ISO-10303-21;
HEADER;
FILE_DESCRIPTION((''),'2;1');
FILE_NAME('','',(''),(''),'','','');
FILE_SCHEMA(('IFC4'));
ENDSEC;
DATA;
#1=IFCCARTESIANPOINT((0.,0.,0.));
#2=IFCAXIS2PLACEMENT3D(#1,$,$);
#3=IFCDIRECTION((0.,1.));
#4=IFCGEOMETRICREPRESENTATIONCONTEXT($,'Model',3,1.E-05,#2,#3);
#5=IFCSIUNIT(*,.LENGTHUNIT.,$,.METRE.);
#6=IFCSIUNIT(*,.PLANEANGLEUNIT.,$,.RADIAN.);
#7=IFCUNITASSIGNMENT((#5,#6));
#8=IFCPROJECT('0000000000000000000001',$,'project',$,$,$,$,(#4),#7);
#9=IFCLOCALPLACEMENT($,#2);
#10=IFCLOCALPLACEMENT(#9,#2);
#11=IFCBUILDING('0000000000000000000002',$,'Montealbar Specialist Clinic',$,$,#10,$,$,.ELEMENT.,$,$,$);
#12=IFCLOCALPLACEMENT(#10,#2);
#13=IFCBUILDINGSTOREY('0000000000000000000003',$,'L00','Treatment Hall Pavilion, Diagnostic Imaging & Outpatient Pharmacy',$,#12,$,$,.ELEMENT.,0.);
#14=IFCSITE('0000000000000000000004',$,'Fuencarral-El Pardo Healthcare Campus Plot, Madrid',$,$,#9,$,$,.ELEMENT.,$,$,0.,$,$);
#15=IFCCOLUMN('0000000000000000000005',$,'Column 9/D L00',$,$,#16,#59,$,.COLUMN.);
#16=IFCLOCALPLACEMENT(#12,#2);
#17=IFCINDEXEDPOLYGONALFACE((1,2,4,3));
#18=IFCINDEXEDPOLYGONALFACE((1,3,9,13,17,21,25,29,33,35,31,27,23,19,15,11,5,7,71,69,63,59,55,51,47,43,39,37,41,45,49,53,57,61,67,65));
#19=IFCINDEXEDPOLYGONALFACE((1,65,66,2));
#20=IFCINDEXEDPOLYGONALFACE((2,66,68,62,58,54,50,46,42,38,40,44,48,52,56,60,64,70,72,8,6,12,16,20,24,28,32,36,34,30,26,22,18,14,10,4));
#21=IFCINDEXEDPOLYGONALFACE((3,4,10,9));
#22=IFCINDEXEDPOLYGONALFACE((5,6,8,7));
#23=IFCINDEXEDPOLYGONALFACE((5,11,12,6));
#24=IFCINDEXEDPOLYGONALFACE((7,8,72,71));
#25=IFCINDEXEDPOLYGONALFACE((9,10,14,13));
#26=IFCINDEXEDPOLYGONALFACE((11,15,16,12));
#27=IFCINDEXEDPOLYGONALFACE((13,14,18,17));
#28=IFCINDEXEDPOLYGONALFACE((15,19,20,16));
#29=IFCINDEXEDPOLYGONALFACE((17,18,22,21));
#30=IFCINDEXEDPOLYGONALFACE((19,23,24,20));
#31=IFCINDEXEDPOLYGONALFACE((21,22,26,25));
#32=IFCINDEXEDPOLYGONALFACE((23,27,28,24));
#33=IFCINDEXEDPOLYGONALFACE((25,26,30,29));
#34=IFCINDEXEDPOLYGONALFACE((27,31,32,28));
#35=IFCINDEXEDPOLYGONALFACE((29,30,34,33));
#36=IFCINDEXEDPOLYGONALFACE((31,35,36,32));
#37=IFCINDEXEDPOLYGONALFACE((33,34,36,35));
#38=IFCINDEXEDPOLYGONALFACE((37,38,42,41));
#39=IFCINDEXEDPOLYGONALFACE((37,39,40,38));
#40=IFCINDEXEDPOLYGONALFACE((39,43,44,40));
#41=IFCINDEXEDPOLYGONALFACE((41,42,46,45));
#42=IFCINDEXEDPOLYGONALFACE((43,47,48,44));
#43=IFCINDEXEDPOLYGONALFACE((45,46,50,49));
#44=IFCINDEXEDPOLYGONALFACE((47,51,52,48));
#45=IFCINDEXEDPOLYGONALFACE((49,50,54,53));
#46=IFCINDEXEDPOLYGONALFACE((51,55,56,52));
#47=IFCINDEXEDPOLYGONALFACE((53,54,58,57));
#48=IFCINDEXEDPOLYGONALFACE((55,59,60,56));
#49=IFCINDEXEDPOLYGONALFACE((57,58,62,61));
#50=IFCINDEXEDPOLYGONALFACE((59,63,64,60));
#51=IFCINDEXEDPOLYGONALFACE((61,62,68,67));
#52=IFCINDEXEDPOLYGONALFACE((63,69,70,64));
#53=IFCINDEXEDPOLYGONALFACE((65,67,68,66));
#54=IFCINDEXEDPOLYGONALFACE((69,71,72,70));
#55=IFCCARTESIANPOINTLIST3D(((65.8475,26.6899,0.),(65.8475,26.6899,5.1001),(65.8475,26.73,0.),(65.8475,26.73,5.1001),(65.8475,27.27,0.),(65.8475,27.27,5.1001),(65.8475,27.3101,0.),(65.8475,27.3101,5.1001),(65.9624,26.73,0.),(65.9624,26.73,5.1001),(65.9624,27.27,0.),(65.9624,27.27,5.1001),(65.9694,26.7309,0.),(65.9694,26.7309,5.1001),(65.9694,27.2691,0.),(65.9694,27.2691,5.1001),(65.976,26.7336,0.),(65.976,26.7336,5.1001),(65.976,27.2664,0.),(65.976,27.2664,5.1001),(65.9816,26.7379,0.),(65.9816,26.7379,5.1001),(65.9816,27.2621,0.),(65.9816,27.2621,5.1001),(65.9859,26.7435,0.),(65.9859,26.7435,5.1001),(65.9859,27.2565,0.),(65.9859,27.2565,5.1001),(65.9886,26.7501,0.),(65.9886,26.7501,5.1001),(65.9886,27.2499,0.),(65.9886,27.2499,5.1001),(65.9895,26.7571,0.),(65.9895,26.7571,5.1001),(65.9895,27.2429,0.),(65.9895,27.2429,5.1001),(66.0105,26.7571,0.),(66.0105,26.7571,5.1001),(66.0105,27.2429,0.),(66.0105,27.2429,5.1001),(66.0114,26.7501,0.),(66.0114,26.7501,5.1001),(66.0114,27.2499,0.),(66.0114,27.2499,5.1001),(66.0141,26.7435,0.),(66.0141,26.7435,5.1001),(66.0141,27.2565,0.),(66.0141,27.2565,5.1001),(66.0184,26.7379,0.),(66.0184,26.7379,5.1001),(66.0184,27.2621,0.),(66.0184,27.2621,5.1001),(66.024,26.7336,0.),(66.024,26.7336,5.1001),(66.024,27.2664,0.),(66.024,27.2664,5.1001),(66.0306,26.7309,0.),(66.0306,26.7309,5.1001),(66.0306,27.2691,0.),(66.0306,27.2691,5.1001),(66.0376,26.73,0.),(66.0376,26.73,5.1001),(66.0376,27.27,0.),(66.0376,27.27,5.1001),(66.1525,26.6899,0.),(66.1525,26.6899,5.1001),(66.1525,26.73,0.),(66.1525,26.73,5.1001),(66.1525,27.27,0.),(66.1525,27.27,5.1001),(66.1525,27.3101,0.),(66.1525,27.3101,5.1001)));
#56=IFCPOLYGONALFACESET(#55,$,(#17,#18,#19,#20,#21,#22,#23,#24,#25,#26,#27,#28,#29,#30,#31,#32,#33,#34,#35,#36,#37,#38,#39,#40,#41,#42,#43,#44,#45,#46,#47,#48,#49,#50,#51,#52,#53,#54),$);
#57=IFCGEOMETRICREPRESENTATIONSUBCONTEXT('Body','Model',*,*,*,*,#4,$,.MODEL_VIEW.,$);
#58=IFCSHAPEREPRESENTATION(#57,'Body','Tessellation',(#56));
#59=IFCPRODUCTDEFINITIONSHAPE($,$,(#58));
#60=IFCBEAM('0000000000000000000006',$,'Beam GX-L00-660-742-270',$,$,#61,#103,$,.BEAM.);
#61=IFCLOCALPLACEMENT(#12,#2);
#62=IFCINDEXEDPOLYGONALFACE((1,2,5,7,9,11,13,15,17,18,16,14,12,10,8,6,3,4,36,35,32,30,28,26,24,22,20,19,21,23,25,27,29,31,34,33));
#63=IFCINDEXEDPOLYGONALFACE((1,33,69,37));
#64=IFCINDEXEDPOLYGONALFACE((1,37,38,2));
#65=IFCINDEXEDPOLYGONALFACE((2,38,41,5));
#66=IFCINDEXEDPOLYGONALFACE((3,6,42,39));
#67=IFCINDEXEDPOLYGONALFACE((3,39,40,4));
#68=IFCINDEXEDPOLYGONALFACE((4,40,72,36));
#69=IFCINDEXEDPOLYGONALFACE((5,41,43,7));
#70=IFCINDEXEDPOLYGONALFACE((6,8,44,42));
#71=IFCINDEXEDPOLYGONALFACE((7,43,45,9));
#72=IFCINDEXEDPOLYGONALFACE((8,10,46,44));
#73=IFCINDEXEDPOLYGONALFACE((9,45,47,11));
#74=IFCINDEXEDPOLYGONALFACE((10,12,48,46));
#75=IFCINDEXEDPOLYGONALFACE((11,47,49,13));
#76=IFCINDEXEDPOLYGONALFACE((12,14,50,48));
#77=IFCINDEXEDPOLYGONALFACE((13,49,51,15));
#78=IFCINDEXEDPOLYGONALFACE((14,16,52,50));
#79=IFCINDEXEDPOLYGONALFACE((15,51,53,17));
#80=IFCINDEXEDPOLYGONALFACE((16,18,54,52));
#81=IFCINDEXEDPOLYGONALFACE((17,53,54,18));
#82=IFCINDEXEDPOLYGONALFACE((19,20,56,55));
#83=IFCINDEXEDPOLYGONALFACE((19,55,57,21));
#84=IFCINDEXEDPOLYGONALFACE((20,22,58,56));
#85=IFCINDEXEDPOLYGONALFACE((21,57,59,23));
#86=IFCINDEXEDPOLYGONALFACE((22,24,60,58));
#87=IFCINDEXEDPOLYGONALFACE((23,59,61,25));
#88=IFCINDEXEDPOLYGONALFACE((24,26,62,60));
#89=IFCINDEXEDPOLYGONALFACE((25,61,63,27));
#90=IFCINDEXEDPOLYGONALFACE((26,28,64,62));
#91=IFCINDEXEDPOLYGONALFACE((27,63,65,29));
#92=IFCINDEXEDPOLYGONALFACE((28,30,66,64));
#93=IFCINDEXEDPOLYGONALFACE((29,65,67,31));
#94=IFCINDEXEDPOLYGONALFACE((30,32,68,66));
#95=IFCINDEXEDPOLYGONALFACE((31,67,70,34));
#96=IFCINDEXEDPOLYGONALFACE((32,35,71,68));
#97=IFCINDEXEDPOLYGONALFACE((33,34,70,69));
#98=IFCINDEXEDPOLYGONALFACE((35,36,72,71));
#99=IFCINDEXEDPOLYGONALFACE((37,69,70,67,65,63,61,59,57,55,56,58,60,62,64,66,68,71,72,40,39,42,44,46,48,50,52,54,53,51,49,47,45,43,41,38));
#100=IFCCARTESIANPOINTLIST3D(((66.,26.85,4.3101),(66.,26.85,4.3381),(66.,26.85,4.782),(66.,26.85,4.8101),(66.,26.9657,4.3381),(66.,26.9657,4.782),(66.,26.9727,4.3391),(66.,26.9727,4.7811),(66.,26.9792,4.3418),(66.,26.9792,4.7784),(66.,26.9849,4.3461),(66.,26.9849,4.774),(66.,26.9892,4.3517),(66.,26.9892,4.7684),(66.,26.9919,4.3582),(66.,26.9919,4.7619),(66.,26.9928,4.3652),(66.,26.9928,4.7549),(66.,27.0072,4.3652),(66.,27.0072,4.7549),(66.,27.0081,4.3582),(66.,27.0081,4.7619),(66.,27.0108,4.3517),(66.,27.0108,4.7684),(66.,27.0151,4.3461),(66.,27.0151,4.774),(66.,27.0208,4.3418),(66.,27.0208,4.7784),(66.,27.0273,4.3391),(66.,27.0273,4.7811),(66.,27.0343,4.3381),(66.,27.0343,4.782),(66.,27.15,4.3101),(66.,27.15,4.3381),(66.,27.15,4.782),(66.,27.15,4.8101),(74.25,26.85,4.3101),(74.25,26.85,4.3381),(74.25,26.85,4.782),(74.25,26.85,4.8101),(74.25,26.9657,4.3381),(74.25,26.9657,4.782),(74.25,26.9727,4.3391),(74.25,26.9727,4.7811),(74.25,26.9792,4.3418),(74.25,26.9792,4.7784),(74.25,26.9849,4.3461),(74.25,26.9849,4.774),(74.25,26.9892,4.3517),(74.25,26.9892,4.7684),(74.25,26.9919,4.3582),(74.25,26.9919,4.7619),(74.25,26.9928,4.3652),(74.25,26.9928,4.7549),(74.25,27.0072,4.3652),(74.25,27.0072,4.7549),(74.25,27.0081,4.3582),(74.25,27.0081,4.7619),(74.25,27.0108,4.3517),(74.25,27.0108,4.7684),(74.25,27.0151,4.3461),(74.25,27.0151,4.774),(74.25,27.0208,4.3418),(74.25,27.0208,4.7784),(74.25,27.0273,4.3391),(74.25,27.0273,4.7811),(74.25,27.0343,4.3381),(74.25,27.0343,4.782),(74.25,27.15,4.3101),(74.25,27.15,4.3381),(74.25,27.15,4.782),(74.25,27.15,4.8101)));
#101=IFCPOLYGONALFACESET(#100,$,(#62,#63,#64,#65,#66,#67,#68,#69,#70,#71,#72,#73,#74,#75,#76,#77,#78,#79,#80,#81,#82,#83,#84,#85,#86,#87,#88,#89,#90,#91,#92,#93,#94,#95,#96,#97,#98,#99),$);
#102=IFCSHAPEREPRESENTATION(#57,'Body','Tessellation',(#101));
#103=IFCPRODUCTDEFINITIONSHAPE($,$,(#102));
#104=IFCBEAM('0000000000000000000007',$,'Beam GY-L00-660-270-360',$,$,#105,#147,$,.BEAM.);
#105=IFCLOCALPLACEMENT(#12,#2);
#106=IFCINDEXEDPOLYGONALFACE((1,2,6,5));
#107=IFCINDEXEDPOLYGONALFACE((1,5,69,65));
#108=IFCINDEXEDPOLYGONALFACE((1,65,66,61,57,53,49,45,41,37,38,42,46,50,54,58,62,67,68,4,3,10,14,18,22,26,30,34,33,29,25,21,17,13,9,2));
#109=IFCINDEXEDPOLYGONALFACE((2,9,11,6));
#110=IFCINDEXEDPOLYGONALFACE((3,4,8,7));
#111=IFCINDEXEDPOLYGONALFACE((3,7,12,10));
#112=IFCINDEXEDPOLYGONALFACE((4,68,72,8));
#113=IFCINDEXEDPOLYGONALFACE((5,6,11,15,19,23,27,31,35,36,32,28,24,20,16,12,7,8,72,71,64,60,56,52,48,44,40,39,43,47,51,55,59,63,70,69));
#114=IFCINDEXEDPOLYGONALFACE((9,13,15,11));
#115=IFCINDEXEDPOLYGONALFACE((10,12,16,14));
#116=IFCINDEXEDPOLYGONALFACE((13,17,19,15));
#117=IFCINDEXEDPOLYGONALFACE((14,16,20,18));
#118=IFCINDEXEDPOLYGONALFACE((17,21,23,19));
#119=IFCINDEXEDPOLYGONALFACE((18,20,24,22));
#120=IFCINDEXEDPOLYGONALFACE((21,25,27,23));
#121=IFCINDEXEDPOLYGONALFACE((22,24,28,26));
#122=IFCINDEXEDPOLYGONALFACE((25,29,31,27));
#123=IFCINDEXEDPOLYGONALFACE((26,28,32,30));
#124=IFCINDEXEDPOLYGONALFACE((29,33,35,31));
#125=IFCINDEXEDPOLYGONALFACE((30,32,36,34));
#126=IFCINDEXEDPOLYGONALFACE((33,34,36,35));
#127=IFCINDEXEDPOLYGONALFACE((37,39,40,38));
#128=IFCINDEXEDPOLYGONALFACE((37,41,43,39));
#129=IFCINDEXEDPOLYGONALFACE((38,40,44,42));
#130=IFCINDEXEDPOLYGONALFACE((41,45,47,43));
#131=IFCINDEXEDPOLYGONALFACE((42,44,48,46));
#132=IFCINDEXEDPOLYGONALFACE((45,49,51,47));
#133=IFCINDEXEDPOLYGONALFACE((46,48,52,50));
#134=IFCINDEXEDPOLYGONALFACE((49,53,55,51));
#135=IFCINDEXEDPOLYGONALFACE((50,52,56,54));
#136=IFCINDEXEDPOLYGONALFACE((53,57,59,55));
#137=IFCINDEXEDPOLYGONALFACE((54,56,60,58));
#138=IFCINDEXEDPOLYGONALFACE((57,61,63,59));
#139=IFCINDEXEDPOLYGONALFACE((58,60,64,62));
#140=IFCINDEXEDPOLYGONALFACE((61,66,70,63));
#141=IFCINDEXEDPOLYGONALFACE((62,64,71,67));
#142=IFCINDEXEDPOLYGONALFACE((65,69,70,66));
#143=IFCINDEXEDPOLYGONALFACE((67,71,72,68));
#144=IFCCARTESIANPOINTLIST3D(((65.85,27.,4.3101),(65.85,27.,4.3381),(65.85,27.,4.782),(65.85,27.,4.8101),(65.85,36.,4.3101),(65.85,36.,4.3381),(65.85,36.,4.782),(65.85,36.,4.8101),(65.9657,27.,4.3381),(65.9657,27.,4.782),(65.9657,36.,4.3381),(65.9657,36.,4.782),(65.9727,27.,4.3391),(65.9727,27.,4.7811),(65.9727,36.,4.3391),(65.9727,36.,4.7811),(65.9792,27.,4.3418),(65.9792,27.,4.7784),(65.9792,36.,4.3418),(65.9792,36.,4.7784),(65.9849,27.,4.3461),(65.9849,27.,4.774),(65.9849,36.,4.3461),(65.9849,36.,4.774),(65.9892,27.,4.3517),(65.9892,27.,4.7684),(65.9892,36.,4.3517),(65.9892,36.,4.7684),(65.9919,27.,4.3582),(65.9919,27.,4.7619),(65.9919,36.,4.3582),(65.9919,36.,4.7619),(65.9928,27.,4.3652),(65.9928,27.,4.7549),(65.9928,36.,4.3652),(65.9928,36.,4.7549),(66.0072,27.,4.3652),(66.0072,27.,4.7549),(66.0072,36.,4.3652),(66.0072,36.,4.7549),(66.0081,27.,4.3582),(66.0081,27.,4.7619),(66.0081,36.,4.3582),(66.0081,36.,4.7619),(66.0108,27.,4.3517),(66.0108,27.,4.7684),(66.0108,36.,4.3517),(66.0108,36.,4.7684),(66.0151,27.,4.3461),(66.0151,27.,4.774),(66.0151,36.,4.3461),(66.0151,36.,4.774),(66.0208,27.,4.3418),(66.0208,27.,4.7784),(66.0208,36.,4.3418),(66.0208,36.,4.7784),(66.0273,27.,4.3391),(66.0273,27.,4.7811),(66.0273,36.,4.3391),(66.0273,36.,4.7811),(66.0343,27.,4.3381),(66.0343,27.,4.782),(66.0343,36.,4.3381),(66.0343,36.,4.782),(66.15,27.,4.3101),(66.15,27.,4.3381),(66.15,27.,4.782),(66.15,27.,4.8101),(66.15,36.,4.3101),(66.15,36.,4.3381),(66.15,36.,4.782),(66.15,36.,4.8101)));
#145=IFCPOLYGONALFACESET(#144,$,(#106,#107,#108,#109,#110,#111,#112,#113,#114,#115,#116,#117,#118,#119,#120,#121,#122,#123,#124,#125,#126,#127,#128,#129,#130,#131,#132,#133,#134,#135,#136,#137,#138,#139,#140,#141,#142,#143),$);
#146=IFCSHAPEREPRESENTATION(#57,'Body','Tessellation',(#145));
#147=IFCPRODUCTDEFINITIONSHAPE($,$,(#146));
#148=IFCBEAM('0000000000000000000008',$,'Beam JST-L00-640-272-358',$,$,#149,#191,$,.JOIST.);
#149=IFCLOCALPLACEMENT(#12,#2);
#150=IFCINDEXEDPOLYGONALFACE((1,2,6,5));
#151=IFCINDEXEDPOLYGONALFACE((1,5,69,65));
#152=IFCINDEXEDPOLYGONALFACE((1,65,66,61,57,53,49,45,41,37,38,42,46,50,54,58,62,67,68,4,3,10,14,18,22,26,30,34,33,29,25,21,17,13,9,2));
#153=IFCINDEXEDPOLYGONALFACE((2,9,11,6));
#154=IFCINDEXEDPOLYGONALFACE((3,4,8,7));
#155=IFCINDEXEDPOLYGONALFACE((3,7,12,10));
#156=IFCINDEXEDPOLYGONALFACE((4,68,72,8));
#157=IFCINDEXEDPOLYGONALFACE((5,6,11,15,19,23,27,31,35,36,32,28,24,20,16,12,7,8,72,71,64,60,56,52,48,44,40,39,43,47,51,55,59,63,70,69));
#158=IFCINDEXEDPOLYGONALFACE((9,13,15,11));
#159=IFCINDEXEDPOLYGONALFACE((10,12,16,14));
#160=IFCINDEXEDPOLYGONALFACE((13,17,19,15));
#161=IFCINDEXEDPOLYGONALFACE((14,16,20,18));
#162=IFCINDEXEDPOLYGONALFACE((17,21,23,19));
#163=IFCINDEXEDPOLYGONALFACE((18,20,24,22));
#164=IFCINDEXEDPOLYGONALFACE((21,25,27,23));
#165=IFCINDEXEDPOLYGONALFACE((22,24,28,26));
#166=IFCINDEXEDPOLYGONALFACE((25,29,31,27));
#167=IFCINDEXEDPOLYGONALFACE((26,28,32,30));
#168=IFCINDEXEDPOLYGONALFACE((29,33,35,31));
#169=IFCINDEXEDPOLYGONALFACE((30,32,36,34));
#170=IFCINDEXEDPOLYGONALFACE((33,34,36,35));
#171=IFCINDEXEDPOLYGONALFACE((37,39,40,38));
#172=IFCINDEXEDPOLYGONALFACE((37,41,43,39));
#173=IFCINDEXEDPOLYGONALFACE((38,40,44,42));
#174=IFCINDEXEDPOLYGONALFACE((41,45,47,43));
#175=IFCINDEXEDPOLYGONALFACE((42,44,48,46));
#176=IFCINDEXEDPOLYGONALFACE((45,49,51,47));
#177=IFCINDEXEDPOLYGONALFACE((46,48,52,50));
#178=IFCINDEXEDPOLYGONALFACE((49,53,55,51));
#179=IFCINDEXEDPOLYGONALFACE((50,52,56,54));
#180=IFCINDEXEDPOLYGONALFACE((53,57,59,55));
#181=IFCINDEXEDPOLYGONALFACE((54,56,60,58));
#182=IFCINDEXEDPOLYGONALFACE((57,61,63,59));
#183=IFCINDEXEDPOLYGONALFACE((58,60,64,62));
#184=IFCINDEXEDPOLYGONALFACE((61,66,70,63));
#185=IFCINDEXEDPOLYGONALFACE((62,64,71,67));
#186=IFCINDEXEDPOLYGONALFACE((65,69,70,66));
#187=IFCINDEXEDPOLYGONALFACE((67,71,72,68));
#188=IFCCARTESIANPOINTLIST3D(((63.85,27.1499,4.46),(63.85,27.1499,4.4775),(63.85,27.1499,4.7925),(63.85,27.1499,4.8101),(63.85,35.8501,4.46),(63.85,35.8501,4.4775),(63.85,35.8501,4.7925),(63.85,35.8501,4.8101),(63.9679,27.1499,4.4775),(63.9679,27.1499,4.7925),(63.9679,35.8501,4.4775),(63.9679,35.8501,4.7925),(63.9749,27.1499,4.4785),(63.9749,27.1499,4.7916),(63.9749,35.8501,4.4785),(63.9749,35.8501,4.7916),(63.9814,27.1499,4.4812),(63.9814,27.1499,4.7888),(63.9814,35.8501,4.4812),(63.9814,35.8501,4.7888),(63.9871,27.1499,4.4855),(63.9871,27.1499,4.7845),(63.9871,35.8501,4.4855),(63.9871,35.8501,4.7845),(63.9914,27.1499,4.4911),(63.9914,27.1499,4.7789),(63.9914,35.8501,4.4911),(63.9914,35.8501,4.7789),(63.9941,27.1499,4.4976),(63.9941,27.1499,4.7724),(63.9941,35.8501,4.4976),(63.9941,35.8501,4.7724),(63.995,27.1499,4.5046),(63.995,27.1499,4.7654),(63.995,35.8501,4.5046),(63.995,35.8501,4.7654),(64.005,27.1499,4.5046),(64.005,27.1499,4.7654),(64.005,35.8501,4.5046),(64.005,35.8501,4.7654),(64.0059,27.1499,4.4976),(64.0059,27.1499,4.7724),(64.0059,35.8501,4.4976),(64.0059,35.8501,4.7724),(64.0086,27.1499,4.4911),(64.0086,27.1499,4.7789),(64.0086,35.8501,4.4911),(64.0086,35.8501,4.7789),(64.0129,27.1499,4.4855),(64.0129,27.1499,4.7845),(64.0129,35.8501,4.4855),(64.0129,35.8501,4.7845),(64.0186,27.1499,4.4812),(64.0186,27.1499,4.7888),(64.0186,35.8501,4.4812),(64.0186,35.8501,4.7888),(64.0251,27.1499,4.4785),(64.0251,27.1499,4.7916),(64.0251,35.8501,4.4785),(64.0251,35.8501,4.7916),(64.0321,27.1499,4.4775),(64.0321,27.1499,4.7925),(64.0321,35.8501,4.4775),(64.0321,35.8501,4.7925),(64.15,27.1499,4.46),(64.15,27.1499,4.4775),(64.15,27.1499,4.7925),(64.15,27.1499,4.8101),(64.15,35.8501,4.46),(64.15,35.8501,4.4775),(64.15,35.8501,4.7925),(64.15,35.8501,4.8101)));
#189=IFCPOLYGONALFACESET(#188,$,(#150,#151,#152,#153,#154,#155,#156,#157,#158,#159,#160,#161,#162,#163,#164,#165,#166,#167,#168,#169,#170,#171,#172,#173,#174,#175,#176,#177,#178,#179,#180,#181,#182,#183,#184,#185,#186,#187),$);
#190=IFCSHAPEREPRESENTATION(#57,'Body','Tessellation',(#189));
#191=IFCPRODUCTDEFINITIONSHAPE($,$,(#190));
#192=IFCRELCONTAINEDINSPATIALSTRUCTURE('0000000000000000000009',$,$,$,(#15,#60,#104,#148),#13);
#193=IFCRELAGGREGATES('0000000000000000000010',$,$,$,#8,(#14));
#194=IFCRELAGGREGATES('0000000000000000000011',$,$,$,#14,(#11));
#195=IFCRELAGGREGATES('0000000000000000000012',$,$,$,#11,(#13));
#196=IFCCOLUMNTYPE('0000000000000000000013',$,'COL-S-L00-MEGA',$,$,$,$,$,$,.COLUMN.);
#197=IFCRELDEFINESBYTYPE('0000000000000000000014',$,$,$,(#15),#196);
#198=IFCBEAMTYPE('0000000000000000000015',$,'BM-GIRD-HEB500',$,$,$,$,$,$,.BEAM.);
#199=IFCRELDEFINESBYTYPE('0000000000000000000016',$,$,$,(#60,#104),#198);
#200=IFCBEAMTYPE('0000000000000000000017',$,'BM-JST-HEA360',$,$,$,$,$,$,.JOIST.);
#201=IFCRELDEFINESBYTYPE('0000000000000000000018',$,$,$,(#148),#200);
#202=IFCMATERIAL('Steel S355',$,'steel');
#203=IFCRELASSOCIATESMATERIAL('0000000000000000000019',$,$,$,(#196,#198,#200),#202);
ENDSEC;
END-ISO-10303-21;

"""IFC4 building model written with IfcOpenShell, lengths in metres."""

from ifc_helpers import new_model, si_unit, direction, frame, origin, origin_2d, place, context, subcontext, project, spatial, i_section, extrude, material, material_profile, profile_set, type_object, element, save


model = new_model("IFC4")

# Units and contexts
model_context = context("Model", 3, precision=1e-05, world=origin(), true_north=direction((0.0, 1.0)))
body_context = subcontext(model_context, "Body", "Model", "MODEL_VIEW")
ifc_project = project(units=[si_unit("LENGTHUNIT", "METRE"), si_unit("PLANEANGLEUNIT", "RADIAN")], contexts=[model_context])

# Site, building, storey
site_placement = place(None, origin())
site = spatial("IfcSite", under=ifc_project, at=site_placement, Name="Fuencarral-El Pardo Healthcare Campus Plot, Madrid", CompositionType="ELEMENT", RefElevation=0.0)
building_placement = place(site_placement, origin())
building = spatial("IfcBuilding", under=site, at=building_placement, Name="Montealbar Specialist Clinic", CompositionType="ELEMENT")
storey_placement = place(building_placement, origin())
storey = spatial("IfcBuildingStorey", under=building, at=storey_placement, Name="L00", Description="Treatment Hall Pavilion, Diagnostic Imaging & Outpatient Pharmacy", CompositionType="ELEMENT", Elevation=0.0)

# Column
ifc_material_1 = material(Name="Steel S355", Category="steel")
ifc_material_profile_1 = material_profile(ifc_material_1, i_section(OverallWidth=0.3049, OverallDepth=0.6201, WebThickness=0.021, FlangeThickness=0.04, FilletRadius=0.0271, at=origin_2d()), Name="HEM 600", Category="steel")
ifc_profile_set_1 = profile_set([ifc_material_profile_1], Name="Steel S355")
column_type = type_object("IfcColumnType", Name="COL-S-L00-MEGA", PredefinedType="COLUMN", material=ifc_profile_set_1)
column_placement = place(storey_placement, frame((66.0, 27.0, 0.0), z_axis=(0.0, 0.0, 1.0), x_axis=(1.0, 0.0, 0.0)))
element("IfcColumn", 1, at=column_placement, inside=storey, type_object=column_type, Name="Column 9/D L00", PredefinedType="COLUMN", context=body_context, shape_type="SweptSolid", body=[
    extrude(i_section(OverallWidth=0.3049, OverallDepth=0.6201, WebThickness=0.021, FlangeThickness=0.04, FilletRadius=0.0271, at=origin_2d()), origin(), (0.0, 0.0, 1.0), 5.1001),
])

# Beams
ifc_material_profile_2 = material_profile(ifc_material_1, i_section(OverallWidth=0.3, OverallDepth=0.5, WebThickness=0.0144, FlangeThickness=0.0281, FilletRadius=0.0271, at=origin_2d()), Name="HEB 500", Category="steel")
ifc_profile_set_2 = profile_set([ifc_material_profile_2], Name="Steel S355")
beam_type_1 = type_object("IfcBeamType", Name="BM-GIRD-HEB500", PredefinedType="BEAM", material=ifc_profile_set_2)
beam_1_placement = place(storey_placement, frame((66.0, 27.0, 4.5601), z_axis=(1.0, 0.0, 0.0), x_axis=(0.0, 1.0, 0.0)))
element("IfcBeam", 2, at=beam_1_placement, inside=storey, type_object=beam_type_1, Name="Beam GX-L00-660-742-270", PredefinedType="BEAM", context=body_context, shape_type="SweptSolid", body=[
    extrude(i_section(OverallWidth=0.3, OverallDepth=0.5, WebThickness=0.0144, FlangeThickness=0.0281, FilletRadius=0.0271, at=origin_2d()), origin(), (0.0, 0.0, 1.0), 8.25),
])
beam_2_placement = place(storey_placement, frame((66.0, 27.0, 4.5601), z_axis=(0.0, 1.0, 0.0), x_axis=(-1.0, 0.0, 0.0)))
element("IfcBeam", 3, at=beam_2_placement, inside=storey, type_object=beam_type_1, Name="Beam GY-L00-660-270-360", PredefinedType="BEAM", context=body_context, shape_type="SweptSolid", body=[
    extrude(i_section(OverallWidth=0.3, OverallDepth=0.5, WebThickness=0.0144, FlangeThickness=0.0281, FilletRadius=0.0271, at=origin_2d()), origin(), (0.0, 0.0, 1.0), 9.0),
])
ifc_material_profile_3 = material_profile(ifc_material_1, i_section(OverallWidth=0.3, OverallDepth=0.3501, WebThickness=0.01, FlangeThickness=0.0176, FilletRadius=0.0271, at=origin_2d()), Name="HEA 360", Category="steel")
ifc_profile_set_3 = profile_set([ifc_material_profile_3], Name="Steel S355")
beam_type_2 = type_object("IfcBeamType", Name="BM-JST-HEA360", PredefinedType="JOIST", material=ifc_profile_set_3)
beam_3_placement = place(storey_placement, frame((64.0, 27.1499, 4.635), z_axis=(0.0, 1.0, 0.0), x_axis=(-1.0, 0.0, 0.0)))
element("IfcBeam", 4, at=beam_3_placement, inside=storey, type_object=beam_type_2, Name="Beam JST-L00-640-272-358", PredefinedType="JOIST", context=body_context, shape_type="SweptSolid", body=[
    extrude(i_section(OverallWidth=0.3, OverallDepth=0.3501, WebThickness=0.01, FlangeThickness=0.0176, FilletRadius=0.0271, at=origin_2d()), origin(), (0.0, 0.0, 1.0), 8.7002),
])

save(model, "model.ifc")
